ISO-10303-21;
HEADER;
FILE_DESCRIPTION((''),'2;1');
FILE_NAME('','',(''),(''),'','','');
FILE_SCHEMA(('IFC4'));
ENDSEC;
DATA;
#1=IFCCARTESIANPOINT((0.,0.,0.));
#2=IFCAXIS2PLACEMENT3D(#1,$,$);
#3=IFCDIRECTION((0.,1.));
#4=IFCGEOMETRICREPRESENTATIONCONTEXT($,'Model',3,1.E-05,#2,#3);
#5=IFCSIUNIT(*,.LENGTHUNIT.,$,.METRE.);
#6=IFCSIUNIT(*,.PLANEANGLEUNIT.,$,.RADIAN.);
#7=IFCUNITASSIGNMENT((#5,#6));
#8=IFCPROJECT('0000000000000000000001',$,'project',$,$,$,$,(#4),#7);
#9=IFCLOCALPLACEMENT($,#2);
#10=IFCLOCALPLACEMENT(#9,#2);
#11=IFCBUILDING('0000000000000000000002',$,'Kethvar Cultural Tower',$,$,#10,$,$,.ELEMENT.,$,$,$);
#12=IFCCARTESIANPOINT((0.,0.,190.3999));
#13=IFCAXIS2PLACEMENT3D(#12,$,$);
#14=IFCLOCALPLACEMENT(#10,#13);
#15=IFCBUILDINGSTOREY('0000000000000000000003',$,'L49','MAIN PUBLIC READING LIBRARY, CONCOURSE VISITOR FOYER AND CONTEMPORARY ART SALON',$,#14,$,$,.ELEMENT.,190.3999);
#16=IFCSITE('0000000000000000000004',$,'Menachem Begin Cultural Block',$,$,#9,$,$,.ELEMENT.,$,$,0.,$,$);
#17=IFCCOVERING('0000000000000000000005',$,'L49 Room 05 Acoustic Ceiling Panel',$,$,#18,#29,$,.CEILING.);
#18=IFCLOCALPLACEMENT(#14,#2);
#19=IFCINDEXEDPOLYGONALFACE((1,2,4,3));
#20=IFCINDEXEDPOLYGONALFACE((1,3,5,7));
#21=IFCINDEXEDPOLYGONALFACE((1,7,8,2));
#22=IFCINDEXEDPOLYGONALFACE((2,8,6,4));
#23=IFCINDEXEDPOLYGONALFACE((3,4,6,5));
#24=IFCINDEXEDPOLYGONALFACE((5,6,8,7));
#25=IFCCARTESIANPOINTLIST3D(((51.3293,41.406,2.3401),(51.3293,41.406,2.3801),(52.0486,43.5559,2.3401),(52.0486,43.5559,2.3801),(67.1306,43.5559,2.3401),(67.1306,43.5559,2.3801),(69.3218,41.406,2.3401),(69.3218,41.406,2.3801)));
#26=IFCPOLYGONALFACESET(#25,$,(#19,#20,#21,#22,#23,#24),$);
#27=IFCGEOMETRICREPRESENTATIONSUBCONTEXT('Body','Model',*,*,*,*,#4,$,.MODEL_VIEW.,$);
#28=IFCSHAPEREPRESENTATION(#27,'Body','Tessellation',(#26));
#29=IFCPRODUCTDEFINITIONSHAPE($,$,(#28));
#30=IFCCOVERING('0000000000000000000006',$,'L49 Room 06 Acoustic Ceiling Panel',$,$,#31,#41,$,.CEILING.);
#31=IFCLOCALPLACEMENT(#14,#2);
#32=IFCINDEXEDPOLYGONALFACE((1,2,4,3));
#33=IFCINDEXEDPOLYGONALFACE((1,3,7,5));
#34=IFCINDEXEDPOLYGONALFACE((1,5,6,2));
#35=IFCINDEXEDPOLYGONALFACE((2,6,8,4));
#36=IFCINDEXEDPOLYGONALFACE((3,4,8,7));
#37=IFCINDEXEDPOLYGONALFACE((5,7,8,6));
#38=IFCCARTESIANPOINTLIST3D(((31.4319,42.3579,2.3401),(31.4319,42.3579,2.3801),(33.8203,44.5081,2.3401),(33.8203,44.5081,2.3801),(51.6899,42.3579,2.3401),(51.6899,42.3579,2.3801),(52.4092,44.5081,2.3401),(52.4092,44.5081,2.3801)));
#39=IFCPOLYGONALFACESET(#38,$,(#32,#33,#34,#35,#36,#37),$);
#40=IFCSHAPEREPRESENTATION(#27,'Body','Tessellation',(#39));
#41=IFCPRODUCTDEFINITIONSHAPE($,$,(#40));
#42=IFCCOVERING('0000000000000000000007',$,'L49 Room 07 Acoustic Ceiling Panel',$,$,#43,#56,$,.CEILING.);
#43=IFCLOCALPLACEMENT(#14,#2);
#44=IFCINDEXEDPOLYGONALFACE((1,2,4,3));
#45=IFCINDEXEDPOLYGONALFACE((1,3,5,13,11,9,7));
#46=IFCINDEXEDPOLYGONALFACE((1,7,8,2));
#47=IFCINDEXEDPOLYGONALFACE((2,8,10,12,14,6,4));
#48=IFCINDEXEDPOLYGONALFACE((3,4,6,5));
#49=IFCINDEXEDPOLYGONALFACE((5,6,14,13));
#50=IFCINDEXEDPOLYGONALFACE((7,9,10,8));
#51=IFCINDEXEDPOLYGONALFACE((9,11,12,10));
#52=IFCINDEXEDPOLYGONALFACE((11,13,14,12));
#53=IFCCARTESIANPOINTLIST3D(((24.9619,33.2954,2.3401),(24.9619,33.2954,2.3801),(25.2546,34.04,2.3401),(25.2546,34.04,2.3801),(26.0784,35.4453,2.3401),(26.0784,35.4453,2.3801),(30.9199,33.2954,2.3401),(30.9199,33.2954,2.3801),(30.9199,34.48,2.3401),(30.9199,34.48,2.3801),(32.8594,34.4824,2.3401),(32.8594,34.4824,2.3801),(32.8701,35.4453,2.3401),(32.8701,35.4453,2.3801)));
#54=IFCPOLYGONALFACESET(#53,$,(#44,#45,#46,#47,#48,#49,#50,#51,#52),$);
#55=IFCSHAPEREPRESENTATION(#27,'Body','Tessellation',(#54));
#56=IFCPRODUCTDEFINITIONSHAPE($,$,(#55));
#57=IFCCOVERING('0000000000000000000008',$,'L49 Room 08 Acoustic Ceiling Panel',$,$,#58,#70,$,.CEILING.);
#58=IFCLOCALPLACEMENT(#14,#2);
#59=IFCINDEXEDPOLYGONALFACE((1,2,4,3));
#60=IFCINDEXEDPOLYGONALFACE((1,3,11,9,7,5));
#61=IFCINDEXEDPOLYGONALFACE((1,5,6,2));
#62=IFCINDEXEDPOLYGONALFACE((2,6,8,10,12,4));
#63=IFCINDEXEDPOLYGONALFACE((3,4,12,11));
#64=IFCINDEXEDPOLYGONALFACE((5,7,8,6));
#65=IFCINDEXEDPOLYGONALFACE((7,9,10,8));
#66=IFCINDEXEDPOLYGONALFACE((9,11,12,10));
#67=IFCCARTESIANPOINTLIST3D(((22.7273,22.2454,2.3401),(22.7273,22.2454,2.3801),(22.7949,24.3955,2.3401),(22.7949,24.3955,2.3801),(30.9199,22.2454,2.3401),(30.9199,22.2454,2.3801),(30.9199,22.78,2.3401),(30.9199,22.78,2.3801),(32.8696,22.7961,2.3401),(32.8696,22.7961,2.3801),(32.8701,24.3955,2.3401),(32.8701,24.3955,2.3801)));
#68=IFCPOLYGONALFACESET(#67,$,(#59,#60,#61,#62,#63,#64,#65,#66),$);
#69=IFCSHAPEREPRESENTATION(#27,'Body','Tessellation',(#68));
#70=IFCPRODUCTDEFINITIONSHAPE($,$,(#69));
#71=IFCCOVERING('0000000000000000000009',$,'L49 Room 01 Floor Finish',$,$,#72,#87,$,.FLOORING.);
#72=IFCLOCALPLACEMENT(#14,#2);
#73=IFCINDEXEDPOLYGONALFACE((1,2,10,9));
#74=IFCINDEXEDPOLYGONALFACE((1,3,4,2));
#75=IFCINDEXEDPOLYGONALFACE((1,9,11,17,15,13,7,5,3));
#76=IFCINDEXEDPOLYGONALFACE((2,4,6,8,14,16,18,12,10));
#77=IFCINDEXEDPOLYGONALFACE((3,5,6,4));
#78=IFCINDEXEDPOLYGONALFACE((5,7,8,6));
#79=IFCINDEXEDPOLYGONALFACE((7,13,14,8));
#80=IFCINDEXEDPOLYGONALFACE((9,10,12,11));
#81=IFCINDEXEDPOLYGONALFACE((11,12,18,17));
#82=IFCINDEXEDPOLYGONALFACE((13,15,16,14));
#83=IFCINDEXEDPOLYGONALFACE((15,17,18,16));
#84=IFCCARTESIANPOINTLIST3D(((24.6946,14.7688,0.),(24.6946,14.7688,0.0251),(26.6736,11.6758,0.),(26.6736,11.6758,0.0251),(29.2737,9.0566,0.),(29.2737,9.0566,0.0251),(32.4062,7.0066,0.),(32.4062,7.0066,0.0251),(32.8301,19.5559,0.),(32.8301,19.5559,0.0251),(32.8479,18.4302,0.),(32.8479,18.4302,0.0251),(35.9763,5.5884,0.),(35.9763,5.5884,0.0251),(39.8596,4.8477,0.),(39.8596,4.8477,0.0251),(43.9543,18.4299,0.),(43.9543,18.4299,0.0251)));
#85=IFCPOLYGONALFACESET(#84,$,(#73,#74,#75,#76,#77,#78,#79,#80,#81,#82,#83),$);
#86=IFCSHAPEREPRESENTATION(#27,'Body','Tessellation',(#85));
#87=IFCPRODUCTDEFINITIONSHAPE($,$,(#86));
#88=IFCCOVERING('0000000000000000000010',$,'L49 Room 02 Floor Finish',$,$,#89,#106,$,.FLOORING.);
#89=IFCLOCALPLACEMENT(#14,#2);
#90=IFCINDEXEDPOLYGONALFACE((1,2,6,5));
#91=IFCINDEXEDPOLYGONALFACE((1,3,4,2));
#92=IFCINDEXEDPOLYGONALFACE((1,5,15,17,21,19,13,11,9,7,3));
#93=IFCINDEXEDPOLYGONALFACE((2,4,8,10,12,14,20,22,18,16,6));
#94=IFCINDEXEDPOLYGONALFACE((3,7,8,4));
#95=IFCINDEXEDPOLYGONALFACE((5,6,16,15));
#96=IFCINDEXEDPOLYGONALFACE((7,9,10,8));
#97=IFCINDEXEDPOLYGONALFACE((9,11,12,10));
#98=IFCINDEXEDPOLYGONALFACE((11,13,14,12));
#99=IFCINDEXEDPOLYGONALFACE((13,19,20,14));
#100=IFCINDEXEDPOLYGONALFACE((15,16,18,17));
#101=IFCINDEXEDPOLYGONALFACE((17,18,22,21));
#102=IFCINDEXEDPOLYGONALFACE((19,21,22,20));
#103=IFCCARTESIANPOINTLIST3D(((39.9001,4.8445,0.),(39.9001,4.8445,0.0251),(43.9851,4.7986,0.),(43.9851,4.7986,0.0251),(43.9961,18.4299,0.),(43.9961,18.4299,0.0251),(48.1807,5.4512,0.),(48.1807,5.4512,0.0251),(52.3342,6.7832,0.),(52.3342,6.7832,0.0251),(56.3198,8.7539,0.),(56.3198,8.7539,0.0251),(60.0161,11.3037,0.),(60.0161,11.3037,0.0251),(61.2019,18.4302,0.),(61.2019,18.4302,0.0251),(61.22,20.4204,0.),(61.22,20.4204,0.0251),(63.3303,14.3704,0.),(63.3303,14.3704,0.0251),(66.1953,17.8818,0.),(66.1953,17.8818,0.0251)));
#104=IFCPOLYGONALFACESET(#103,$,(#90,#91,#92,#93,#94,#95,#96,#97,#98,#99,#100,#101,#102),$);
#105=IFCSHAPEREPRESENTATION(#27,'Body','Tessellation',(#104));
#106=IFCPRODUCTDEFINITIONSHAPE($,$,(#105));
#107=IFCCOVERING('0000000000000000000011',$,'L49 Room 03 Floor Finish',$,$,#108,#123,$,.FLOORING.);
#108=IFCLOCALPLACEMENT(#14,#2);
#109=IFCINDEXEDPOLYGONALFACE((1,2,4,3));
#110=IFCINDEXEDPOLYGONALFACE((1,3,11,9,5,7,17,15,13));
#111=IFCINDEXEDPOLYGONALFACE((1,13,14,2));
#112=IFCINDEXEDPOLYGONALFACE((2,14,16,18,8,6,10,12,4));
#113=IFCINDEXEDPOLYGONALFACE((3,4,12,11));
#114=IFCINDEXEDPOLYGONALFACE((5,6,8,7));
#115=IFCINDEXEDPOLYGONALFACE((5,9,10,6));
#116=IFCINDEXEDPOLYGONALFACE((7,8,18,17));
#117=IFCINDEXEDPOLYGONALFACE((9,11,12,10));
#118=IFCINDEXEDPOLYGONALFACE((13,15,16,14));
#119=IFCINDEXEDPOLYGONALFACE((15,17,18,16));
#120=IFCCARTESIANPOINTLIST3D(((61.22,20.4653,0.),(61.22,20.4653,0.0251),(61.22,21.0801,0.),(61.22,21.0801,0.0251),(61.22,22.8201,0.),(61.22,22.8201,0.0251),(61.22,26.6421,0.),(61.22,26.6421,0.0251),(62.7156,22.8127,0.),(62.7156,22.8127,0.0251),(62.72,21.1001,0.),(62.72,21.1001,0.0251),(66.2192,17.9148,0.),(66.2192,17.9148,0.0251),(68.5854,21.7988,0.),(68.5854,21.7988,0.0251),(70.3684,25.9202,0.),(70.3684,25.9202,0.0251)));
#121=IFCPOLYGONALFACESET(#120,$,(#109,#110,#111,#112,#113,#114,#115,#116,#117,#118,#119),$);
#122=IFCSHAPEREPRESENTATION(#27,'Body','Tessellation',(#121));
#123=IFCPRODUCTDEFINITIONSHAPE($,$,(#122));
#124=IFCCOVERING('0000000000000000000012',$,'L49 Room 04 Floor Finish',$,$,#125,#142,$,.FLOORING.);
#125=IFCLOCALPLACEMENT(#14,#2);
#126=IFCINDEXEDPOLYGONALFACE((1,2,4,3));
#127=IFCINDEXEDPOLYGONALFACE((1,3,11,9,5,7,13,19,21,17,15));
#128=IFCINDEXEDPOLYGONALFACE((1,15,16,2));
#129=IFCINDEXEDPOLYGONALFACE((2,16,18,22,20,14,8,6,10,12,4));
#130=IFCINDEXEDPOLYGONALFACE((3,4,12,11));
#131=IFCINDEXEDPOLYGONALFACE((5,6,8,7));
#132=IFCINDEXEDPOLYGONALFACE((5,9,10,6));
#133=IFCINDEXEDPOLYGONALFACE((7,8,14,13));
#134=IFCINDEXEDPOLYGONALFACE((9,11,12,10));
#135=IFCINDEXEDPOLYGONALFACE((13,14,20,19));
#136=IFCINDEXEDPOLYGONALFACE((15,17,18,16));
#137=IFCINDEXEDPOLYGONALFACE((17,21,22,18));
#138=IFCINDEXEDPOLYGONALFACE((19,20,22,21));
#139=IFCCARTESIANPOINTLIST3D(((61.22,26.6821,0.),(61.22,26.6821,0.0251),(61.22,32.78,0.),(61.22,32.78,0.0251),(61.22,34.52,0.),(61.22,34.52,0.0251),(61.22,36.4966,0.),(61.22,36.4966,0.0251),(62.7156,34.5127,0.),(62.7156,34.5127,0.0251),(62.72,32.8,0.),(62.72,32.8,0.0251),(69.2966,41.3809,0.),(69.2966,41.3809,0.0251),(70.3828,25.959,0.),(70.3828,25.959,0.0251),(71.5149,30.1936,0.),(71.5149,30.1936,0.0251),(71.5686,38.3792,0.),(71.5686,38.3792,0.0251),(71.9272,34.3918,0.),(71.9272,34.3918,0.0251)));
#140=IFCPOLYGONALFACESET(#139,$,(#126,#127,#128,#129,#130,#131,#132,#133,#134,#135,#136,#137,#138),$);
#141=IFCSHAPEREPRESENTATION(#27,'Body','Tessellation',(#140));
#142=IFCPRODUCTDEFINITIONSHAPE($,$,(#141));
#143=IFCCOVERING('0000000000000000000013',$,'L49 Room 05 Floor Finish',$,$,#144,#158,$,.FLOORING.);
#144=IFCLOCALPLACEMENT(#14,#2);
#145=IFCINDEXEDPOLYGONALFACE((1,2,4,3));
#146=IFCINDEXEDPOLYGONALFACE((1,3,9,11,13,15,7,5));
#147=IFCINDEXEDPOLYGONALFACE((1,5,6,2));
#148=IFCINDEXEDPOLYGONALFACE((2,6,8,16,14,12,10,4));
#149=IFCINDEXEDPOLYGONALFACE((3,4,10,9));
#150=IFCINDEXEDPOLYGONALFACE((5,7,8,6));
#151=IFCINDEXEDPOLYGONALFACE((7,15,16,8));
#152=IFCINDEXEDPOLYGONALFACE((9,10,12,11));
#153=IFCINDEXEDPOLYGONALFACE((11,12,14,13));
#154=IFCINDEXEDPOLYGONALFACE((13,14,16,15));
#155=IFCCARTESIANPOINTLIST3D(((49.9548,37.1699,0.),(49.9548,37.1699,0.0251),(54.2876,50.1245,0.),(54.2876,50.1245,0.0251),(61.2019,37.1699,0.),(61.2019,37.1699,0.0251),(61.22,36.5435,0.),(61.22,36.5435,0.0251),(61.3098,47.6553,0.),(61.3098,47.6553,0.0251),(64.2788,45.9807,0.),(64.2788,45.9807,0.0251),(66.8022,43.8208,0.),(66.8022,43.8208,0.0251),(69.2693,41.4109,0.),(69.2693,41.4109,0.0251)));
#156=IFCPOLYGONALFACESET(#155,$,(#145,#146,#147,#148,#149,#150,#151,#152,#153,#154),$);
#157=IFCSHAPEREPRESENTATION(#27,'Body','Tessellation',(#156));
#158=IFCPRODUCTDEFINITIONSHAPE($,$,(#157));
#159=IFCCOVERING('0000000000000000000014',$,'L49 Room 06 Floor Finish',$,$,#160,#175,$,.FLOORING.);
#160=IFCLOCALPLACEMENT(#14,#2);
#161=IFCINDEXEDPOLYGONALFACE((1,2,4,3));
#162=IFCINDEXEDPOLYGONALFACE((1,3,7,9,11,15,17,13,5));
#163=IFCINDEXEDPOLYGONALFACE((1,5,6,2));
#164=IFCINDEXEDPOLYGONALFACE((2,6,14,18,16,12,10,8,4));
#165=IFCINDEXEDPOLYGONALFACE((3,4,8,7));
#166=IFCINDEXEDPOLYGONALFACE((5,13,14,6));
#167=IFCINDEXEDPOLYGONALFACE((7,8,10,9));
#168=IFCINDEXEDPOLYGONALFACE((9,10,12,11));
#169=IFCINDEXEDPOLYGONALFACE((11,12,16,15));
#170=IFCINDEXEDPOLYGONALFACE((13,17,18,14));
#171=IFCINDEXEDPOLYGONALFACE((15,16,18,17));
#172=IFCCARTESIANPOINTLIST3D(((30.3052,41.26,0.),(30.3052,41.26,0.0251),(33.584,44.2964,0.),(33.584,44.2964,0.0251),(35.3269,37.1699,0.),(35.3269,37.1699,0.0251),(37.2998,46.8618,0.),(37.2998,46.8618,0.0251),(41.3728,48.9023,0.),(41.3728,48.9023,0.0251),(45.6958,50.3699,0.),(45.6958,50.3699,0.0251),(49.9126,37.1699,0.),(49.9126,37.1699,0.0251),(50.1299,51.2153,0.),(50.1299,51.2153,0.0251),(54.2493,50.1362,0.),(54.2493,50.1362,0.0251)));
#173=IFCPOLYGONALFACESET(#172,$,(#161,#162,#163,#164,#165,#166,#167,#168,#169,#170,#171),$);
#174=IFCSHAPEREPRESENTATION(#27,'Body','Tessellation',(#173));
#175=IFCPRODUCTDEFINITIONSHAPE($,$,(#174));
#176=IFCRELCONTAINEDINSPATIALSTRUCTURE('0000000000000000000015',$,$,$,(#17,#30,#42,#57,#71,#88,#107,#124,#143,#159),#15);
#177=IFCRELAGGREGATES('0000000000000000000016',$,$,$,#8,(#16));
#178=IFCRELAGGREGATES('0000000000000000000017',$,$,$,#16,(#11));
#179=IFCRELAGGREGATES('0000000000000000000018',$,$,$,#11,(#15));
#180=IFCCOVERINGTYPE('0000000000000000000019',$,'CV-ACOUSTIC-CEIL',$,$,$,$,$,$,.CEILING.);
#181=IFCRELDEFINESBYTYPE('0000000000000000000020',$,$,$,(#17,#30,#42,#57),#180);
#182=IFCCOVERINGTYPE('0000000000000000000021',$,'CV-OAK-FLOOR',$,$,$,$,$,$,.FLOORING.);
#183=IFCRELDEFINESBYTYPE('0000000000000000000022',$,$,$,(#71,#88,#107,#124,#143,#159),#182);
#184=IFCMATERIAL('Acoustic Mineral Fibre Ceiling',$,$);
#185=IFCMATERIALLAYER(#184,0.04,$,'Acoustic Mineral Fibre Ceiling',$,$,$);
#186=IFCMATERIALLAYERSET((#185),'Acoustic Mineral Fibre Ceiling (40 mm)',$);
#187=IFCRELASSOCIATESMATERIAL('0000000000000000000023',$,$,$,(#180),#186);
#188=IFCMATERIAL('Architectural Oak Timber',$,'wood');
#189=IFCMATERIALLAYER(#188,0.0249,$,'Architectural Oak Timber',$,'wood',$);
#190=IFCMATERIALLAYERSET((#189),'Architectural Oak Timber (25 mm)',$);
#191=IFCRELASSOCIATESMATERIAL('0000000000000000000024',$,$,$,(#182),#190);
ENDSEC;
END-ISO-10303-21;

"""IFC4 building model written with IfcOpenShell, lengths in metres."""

from ifc_helpers import new_model, si_unit, direction, frame, origin, place, context, subcontext, project, spatial, polyline, outline, extrude, material, layer, layer_set, type_object, element, save


model = new_model("IFC4")

# Units and contexts
model_context = context("Model", 3, precision=1e-05, world=origin(), true_north=direction((0.0, 1.0)))
body_context = subcontext(model_context, "Body", "Model", "MODEL_VIEW")
ifc_project = project(units=[si_unit("LENGTHUNIT", "METRE"), si_unit("PLANEANGLEUNIT", "RADIAN")], contexts=[model_context])

# Site, building, storey
site_placement = place(None, origin())
site = spatial("IfcSite", under=ifc_project, at=site_placement, Name="Menachem Begin Cultural Block", CompositionType="ELEMENT", RefElevation=0.0)
building_placement = place(site_placement, origin())
building = spatial("IfcBuilding", under=site, at=building_placement, Name="Kethvar Cultural Tower", CompositionType="ELEMENT")
storey_placement = place(building_placement, frame((0.0, 0.0, 190.3999)))
storey = spatial("IfcBuildingStorey", under=building, at=storey_placement, Name="L49", Description="MAIN PUBLIC READING LIBRARY, CONCOURSE VISITOR FOYER AND CONTEMPORARY ART SALON", CompositionType="ELEMENT", Elevation=190.3999)

# Coverings
ifc_material_1 = material(Name="Acoustic Mineral Fibre Ceiling")
ifc_layer_1 = layer(ifc_material_1, 0.04, Name="Acoustic Mineral Fibre Ceiling")
ifc_layer_set_1 = layer_set([ifc_layer_1], Name="Acoustic Mineral Fibre Ceiling (40 mm)")
covering_type_1 = type_object("IfcCoveringType", Name="CV-ACOUSTIC-CEIL", PredefinedType="CEILING", material=ifc_layer_set_1)
covering_1_placement = place(storey_placement, frame((0.0, 0.0, 2.3401)))
element("IfcCovering", 1, at=covering_1_placement, inside=storey, type_object=covering_type_1, Name="L49 Room 05 Acoustic Ceiling Panel", PredefinedType="CEILING", context=body_context, shape_type="SweptSolid", body=[
    extrude(outline(polyline([(67.1306, 43.5559), (69.3218, 41.406), (51.3293, 41.406), (52.0486, 43.5559), (67.1306, 43.5559)])), origin(), (0.0, 0.0, 1.0), 0.04),
])
covering_2_placement = place(storey_placement, frame((0.0, 0.0, 2.3401)))
element("IfcCovering", 2, at=covering_2_placement, inside=storey, type_object=covering_type_1, Name="L49 Room 06 Acoustic Ceiling Panel", PredefinedType="CEILING", context=body_context, shape_type="SweptSolid", body=[
    extrude(outline(polyline([(31.4319, 42.3579), (33.8203, 44.5081), (52.4092, 44.5081), (51.6899, 42.3579), (31.4319, 42.3579)])), origin(), (0.0, 0.0, 1.0), 0.04),
])
covering_3_placement = place(storey_placement, frame((0.0, 0.0, 2.3401)))
element("IfcCovering", 3, at=covering_3_placement, inside=storey, type_object=covering_type_1, Name="L49 Room 07 Acoustic Ceiling Panel", PredefinedType="CEILING", context=body_context, shape_type="SweptSolid", body=[
    extrude(outline(polyline([(25.2546, 34.04), (26.0784, 35.4453), (32.8701, 35.4453), (32.8594, 34.4824), (30.9199, 34.48), (30.9199, 33.2954), (24.9619, 33.2954), (25.2546, 34.04)])), origin(), (0.0, 0.0, 1.0), 0.04),
])
covering_4_placement = place(storey_placement, frame((0.0, 0.0, 2.3401)))
element("IfcCovering", 4, at=covering_4_placement, inside=storey, type_object=covering_type_1, Name="L49 Room 08 Acoustic Ceiling Panel", PredefinedType="CEILING", context=body_context, shape_type="SweptSolid", body=[
    extrude(outline(polyline([(22.7949, 24.3955), (32.8701, 24.3955), (32.8696, 22.7961), (30.9199, 22.78), (30.9199, 22.2454), (22.7273, 22.2454), (22.7949, 24.3955)])), origin(), (0.0, 0.0, 1.0), 0.04),
])
ifc_material_2 = material(Name="Architectural Oak Timber", Category="wood")
ifc_layer_2 = layer(ifc_material_2, 0.0249, Name="Architectural Oak Timber", Category="wood")
ifc_layer_set_2 = layer_set([ifc_layer_2], Name="Architectural Oak Timber (25 mm)")
covering_type_2 = type_object("IfcCoveringType", Name="CV-OAK-FLOOR", PredefinedType="FLOORING", material=ifc_layer_set_2)
covering_5_placement = place(storey_placement, origin())
element("IfcCovering", 5, at=covering_5_placement, inside=storey, type_object=covering_type_2, Name="L49 Room 01 Floor Finish", PredefinedType="FLOORING", context=body_context, shape_type="SweptSolid", body=[
    extrude(outline(polyline([(35.9763, 5.5884), (32.4062, 7.0066), (29.2737, 9.0566), (26.6736, 11.6758), (24.6946, 14.7688), (32.8301, 19.5559), (32.8479, 18.4302), (43.9543, 18.4299), (39.8596, 4.8477), (35.9763, 5.5884)])), origin(), (0.0, 0.0, 1.0), 0.0251),
])
covering_6_placement = place(storey_placement, origin())
element("IfcCovering", 6, at=covering_6_placement, inside=storey, type_object=covering_type_2, Name="L49 Room 02 Floor Finish", PredefinedType="FLOORING", context=body_context, shape_type="SweptSolid", body=[
    extrude(outline(polyline([(63.3303, 14.3704), (60.0161, 11.3037), (56.3198, 8.7539), (52.3342, 6.7832), (48.1807, 5.4512), (43.9851, 4.7986), (39.9001, 4.8445), (43.9961, 18.4299), (61.2019, 18.4302), (61.22, 20.4204), (66.1953, 17.8818), (63.3303, 14.3704)])), origin(), (0.0, 0.0, 1.0), 0.0251),
])
covering_7_placement = place(storey_placement, origin())
element("IfcCovering", 7, at=covering_7_placement, inside=storey, type_object=covering_type_2, Name="L49 Room 03 Floor Finish", PredefinedType="FLOORING", context=body_context, shape_type="SweptSolid", body=[
    extrude(outline(polyline([(68.5854, 21.7988), (66.2192, 17.9148), (61.22, 20.4653), (61.22, 21.0801), (62.72, 21.1001), (62.7156, 22.8127), (61.22, 22.8201), (61.22, 26.6421), (70.3684, 25.9202), (68.5854, 21.7988)])), origin(), (0.0, 0.0, 1.0), 0.0251),
])
covering_8_placement = place(storey_placement, origin())
element("IfcCovering", 8, at=covering_8_placement, inside=storey, type_object=covering_type_2, Name="L49 Room 04 Floor Finish", PredefinedType="FLOORING", context=body_context, shape_type="SweptSolid", body=[
    extrude(outline(polyline([(71.5686, 38.3792), (71.9272, 34.3918), (71.5149, 30.1936), (70.3828, 25.959), (61.22, 26.6821), (61.22, 32.78), (62.72, 32.8), (62.7156, 34.5127), (61.22, 34.52), (61.22, 36.4966), (69.2966, 41.3809), (71.5686, 38.3792)])), origin(), (0.0, 0.0, 1.0), 0.0251),
])
covering_9_placement = place(storey_placement, origin())
element("IfcCovering", 9, at=covering_9_placement, inside=storey, type_object=covering_type_2, Name="L49 Room 05 Floor Finish", PredefinedType="FLOORING", context=body_context, shape_type="SweptSolid", body=[
    extrude(outline(polyline([(54.2876, 50.1245), (61.3098, 47.6553), (64.2788, 45.9807), (66.8022, 43.8208), (69.2693, 41.4109), (61.22, 36.5435), (61.2019, 37.1699), (49.9548, 37.1699), (54.2876, 50.1245)])), origin(), (0.0, 0.0, 1.0), 0.0251),
])
covering_10_placement = place(storey_placement, origin())
element("IfcCovering", 10, at=covering_10_placement, inside=storey, type_object=covering_type_2, Name="L49 Room 06 Floor Finish", PredefinedType="FLOORING", context=body_context, shape_type="SweptSolid", body=[
    extrude(outline(polyline([(33.584, 44.2964), (37.2998, 46.8618), (41.3728, 48.9023), (45.6958, 50.3699), (50.1299, 51.2153), (54.2493, 50.1362), (49.9126, 37.1699), (35.3269, 37.1699), (30.3052, 41.26), (33.584, 44.2964)])), origin(), (0.0, 0.0, 1.0), 0.0251),
])

save(model, "model.ifc")
